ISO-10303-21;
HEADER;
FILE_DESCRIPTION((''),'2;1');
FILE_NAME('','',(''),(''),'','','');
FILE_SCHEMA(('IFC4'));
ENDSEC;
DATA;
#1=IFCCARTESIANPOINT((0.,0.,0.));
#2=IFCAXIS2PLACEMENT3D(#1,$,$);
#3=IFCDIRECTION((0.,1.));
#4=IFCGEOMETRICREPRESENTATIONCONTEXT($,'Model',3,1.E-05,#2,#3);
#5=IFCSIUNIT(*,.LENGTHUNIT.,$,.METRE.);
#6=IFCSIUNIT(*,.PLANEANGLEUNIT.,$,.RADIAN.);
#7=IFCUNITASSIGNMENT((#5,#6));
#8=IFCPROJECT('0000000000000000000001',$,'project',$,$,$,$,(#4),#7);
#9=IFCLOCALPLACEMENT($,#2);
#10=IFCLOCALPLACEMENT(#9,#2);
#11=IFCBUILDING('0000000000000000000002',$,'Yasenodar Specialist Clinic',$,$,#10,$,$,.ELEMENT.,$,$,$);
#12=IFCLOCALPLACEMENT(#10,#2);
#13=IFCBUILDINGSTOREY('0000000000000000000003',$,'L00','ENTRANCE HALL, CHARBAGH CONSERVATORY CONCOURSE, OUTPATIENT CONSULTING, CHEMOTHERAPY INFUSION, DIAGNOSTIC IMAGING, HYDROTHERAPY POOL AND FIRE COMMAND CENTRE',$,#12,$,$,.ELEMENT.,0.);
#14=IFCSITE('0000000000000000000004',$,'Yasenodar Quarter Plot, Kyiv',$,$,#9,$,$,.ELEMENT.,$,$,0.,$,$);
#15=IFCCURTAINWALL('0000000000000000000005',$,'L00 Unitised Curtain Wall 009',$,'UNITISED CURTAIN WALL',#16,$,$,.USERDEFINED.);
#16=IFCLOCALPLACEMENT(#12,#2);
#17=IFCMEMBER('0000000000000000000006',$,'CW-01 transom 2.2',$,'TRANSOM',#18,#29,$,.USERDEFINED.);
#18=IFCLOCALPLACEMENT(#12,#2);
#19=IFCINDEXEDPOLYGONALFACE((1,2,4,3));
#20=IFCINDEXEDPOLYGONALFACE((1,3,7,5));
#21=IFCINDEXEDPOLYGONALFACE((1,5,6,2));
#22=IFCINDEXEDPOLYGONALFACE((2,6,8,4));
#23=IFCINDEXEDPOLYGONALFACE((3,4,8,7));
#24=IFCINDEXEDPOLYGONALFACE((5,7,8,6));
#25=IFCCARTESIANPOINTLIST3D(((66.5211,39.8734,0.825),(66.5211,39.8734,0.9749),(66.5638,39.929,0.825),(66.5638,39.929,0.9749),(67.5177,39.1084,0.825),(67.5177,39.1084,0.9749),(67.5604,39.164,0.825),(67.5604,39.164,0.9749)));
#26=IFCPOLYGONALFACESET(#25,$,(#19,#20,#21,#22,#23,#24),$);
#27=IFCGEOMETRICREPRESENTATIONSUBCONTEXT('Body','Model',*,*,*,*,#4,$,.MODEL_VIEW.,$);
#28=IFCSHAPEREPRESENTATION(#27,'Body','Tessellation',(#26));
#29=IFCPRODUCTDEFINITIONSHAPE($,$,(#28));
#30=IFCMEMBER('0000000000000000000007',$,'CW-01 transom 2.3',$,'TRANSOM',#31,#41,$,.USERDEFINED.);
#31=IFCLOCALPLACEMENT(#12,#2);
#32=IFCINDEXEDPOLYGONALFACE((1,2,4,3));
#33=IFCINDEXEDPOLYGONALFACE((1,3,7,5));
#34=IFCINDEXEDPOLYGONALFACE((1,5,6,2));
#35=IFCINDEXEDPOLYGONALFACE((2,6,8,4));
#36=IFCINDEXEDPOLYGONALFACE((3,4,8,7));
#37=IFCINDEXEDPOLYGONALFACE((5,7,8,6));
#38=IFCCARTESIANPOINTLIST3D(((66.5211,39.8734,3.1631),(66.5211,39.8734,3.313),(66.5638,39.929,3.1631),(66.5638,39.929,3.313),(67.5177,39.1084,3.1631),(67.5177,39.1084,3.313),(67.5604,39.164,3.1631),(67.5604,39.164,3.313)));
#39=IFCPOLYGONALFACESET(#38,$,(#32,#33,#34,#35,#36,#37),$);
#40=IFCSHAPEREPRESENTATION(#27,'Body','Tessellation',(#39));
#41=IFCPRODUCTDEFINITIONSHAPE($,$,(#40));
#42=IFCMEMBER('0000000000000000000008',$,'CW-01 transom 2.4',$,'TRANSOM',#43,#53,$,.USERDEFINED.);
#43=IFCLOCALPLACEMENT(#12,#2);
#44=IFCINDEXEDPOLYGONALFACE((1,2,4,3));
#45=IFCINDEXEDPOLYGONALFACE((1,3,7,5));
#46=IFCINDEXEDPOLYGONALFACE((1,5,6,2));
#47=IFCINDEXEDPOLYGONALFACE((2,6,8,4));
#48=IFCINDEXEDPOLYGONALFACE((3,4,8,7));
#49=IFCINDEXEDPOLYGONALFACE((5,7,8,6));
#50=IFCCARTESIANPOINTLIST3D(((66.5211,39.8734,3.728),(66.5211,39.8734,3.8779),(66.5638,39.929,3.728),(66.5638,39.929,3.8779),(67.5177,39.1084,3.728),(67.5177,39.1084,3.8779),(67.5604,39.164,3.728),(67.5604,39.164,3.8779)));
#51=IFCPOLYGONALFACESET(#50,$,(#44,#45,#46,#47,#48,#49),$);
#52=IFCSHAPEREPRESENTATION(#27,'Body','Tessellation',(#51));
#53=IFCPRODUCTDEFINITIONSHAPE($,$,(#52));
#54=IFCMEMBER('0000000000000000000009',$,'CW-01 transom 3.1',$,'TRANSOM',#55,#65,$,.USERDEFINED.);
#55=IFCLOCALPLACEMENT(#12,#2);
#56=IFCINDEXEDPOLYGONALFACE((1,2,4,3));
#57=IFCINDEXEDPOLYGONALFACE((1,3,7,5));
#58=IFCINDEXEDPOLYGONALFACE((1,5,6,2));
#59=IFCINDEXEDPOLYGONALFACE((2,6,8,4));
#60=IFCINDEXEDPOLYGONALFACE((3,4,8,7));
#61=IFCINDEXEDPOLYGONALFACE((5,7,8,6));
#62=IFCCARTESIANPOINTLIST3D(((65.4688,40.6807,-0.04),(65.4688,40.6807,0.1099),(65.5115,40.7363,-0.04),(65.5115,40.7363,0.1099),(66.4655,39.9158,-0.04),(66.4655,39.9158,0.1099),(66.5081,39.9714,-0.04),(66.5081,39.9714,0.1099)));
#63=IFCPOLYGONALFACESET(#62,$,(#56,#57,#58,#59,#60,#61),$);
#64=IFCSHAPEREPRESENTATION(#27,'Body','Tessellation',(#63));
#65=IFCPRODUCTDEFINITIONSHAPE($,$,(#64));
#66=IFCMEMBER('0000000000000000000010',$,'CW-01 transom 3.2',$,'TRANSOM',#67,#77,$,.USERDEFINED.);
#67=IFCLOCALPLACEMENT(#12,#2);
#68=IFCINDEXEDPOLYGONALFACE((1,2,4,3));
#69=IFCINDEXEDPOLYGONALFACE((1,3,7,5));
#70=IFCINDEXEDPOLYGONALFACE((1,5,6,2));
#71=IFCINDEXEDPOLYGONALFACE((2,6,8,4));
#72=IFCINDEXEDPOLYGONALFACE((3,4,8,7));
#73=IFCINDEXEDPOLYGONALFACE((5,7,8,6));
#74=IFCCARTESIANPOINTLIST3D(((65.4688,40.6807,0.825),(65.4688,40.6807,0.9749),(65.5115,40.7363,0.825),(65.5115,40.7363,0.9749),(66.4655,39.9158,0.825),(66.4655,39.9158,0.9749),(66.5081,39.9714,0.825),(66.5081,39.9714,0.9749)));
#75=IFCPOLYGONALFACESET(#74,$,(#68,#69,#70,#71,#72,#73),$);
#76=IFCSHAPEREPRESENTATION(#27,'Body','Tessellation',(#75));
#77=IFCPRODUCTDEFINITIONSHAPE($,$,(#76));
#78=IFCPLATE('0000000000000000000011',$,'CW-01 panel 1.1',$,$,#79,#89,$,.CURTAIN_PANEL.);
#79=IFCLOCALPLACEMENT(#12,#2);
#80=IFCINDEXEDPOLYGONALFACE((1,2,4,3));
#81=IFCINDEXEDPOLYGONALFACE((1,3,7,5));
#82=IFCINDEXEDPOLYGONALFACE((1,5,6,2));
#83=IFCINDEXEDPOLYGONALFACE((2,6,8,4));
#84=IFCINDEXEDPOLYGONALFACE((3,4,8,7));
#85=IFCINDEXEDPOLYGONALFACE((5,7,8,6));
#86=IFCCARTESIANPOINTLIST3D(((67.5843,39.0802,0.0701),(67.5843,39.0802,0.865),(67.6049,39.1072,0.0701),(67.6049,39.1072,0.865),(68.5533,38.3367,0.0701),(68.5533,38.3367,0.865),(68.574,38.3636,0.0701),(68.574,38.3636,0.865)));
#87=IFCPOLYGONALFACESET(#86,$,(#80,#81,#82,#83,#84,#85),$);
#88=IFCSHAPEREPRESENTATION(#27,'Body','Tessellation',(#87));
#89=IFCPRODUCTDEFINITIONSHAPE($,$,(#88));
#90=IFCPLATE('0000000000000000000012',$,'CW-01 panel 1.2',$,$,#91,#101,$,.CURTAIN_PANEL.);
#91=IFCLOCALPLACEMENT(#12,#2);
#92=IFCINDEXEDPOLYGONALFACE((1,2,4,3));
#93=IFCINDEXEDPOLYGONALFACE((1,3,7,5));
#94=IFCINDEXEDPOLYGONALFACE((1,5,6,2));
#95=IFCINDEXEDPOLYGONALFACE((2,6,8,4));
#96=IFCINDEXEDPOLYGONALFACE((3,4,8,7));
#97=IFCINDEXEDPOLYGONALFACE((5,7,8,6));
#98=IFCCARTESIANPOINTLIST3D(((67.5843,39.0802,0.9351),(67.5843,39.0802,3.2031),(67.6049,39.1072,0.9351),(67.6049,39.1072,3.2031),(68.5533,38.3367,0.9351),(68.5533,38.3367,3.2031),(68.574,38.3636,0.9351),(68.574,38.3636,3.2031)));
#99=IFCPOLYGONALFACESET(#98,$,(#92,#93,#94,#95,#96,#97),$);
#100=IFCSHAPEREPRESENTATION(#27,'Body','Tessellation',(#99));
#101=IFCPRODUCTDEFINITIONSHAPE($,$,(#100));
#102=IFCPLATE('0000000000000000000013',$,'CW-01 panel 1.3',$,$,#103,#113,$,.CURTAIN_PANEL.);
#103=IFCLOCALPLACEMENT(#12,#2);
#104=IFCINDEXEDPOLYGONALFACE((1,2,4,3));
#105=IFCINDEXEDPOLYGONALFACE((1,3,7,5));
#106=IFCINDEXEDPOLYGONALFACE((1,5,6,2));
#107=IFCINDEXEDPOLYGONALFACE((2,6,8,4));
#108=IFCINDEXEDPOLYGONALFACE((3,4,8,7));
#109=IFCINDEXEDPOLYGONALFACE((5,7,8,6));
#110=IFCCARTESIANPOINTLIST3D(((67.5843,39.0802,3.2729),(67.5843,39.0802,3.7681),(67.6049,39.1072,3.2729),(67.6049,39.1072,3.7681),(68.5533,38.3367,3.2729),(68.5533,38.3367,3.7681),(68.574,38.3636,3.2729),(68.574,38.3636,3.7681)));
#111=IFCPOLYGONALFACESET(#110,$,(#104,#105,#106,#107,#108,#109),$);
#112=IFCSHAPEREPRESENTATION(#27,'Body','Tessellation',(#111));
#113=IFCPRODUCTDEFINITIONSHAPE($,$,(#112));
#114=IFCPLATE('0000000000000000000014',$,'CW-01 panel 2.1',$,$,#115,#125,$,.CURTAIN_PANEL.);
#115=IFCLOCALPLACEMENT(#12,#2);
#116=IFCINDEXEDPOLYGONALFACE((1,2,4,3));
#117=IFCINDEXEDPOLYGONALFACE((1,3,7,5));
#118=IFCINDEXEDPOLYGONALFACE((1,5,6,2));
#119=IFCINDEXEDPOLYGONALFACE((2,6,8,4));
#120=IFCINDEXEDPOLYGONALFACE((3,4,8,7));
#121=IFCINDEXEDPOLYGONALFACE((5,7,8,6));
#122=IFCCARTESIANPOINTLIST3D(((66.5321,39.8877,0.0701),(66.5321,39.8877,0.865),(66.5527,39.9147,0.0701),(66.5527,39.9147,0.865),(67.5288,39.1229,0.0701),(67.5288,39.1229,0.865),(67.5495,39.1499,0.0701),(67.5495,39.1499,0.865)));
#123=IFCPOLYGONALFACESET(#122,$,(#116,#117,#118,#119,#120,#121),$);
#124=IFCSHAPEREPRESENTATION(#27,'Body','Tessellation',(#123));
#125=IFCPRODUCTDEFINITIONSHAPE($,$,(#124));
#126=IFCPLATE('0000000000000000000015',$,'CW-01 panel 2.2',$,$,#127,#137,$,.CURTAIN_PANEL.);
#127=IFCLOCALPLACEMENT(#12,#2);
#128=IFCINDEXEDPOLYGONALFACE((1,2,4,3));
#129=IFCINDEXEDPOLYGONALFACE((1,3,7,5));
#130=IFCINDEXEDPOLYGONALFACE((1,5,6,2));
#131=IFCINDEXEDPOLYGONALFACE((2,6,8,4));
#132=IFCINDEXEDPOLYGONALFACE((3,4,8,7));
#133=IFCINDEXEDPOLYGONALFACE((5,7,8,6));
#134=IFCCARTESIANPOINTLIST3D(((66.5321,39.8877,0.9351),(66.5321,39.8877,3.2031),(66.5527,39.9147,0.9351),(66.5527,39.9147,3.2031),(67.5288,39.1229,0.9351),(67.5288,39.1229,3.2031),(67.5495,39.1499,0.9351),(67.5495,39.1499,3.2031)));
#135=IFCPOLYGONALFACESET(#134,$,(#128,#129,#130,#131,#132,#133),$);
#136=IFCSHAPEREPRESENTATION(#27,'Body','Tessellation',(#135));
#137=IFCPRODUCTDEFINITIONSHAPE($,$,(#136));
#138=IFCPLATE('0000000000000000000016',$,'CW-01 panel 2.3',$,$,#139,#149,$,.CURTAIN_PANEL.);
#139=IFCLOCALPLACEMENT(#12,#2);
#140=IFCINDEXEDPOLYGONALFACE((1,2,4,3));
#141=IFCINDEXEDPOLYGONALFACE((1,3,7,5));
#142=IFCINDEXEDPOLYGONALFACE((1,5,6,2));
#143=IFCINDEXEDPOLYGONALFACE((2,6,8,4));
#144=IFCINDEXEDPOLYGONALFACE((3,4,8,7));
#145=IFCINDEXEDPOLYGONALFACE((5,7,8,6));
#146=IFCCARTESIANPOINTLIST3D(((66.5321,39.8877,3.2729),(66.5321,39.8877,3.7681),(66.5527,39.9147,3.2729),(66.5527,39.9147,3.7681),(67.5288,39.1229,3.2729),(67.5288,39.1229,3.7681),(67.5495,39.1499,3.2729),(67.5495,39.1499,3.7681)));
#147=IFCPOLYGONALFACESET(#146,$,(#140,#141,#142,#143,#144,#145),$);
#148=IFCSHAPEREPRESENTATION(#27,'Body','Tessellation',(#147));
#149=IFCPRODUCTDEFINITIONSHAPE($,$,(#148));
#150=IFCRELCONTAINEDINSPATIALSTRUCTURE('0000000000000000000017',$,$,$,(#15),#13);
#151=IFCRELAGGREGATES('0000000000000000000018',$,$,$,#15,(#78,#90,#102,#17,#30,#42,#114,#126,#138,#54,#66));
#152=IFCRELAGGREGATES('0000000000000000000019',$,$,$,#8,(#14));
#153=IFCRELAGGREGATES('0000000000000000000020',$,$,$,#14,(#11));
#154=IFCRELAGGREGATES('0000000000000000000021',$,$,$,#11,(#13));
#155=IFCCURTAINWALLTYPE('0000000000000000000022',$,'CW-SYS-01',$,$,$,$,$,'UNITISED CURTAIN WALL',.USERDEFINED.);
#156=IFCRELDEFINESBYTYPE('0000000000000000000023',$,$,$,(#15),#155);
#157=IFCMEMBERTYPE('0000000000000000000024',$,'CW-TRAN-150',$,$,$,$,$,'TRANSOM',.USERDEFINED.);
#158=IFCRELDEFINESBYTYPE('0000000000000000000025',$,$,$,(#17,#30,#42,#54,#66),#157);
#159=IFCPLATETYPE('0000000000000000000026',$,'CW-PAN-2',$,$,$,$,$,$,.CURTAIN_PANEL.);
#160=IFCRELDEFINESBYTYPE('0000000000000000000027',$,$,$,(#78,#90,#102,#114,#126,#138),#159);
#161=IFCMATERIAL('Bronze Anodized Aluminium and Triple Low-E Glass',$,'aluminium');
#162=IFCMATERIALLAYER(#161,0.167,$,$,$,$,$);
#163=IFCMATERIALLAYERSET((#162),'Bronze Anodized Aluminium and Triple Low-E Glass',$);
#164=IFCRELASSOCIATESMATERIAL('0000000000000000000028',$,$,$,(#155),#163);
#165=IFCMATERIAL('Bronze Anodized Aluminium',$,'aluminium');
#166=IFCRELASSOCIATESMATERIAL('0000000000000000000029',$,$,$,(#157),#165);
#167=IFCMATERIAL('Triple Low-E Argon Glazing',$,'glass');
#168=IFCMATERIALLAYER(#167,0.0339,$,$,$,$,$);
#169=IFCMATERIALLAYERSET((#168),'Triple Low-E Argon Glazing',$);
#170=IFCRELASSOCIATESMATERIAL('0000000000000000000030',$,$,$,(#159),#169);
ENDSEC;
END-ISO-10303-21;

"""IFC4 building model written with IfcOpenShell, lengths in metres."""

from ifc_helpers import new_model, si_unit, direction, frame, origin, origin_2d, place, context, subcontext, project, spatial, rectangle, extrude, material, layer, layer_set, material_profile, profile_set, type_object, element, aggregate, save


model = new_model("IFC4")

# Units and contexts
model_context = context("Model", 3, precision=1e-05, world=origin(), true_north=direction((0.0, 1.0)))
body_context = subcontext(model_context, "Body", "Model", "MODEL_VIEW")
ifc_project = project(units=[si_unit("LENGTHUNIT", "METRE"), si_unit("PLANEANGLEUNIT", "RADIAN")], contexts=[model_context])

# Site, building, storey
site_placement = place(None, origin())
site = spatial("IfcSite", under=ifc_project, at=site_placement, Name="Yasenodar Quarter Plot, Kyiv", CompositionType="ELEMENT", RefElevation=0.0)
building_placement = place(site_placement, origin())
building = spatial("IfcBuilding", under=site, at=building_placement, Name="Yasenodar Specialist Clinic", CompositionType="ELEMENT")
storey_placement = place(building_placement, origin())
storey = spatial("IfcBuildingStorey", under=building, at=storey_placement, Name="L00", Description="ENTRANCE HALL, CHARBAGH CONSERVATORY CONCOURSE, OUTPATIENT CONSULTING, CHEMOTHERAPY INFUSION, DIAGNOSTIC IMAGING, HYDROTHERAPY POOL AND FIRE COMMAND CENTRE", CompositionType="ELEMENT", Elevation=0.0)

# Shared definitions
ifc_material_1 = material(Name="Bronze Anodized Aluminium and Triple Low-E Glass", Category="aluminium")
ifc_material_2 = material(Name="Bronze Anodized Aluminium", Category="aluminium")

# Curtain wall, members, plates
ifc_layer_1 = layer(ifc_material_1, 0.167)
ifc_layer_set_1 = layer_set([ifc_layer_1], Name="Bronze Anodized Aluminium and Triple Low-E Glass")
curtain_wall_type_1 = type_object("IfcCurtainWallType", Name="CW-SYS-01", ElementType="UNITISED CURTAIN WALL", PredefinedType="USERDEFINED", material=ifc_layer_set_1)
curtain_wall_1_placement = place(storey_placement, origin())
curtain_wall_1 = element("IfcCurtainWall", 1, at=curtain_wall_1_placement, inside=storey, type_object=curtain_wall_type_1, Name="L00 Unitised Curtain Wall 009", ObjectType="UNITISED CURTAIN WALL", PredefinedType="USERDEFINED")
ifc_material_profile_1 = material_profile(ifc_material_2, rectangle(XDim=0.0701, YDim=0.1499, at=origin_2d()), Name="CW-TRAN 70x150")
ifc_profile_set_1 = profile_set([ifc_material_profile_1], Name="Bronze Anodized Aluminium")
member_type_1 = type_object("IfcMemberType", Name="CW-TRAN-150", ElementType="TRANSOM", PredefinedType="USERDEFINED", material=ifc_profile_set_1)
member_1_placement = place(storey_placement, frame((67.5391, 39.1362, 0.8999), z_axis=(-0.793281, 0.608856, 0.0), x_axis=(-0.608856, -0.793281, 0.0)))
member_1 = element("IfcMember", 2, at=member_1_placement, type_object=member_type_1, Name="CW-01 transom 2.2", ObjectType="TRANSOM", PredefinedType="USERDEFINED", context=body_context, shape_type="SweptSolid", body=[
    extrude(rectangle(XDim=0.0701, YDim=0.1499, at=origin_2d()), origin(), (0.0, 0.0, 1.0), 1.2563),
])
member_2_placement = place(storey_placement, frame((67.5391, 39.1362, 3.238), z_axis=(-0.793281, 0.608856, 0.0), x_axis=(-0.608856, -0.793281, 0.0)))
member_2 = element("IfcMember", 3, at=member_2_placement, type_object=member_type_1, Name="CW-01 transom 2.3", ObjectType="TRANSOM", PredefinedType="USERDEFINED", context=body_context, shape_type="SweptSolid", body=[
    extrude(rectangle(XDim=0.0701, YDim=0.1499, at=origin_2d()), origin(), (0.0, 0.0, 1.0), 1.2563),
])
member_3_placement = place(storey_placement, frame((67.5391, 39.1362, 3.803), z_axis=(-0.793281, 0.608856, 0.0), x_axis=(-0.608856, -0.793281, 0.0)))
member_3 = element("IfcMember", 4, at=member_3_placement, type_object=member_type_1, Name="CW-01 transom 2.4", ObjectType="TRANSOM", PredefinedType="USERDEFINED", context=body_context, shape_type="SweptSolid", body=[
    extrude(rectangle(XDim=0.0701, YDim=0.1499, at=origin_2d()), origin(), (0.0, 0.0, 1.0), 1.2563),
])
member_4_placement = place(storey_placement, frame((66.4868, 39.9436, 0.0349), z_axis=(-0.793281, 0.608856, 0.0), x_axis=(-0.608856, -0.793281, 0.0)))
member_4 = element("IfcMember", 5, at=member_4_placement, type_object=member_type_1, Name="CW-01 transom 3.1", ObjectType="TRANSOM", PredefinedType="USERDEFINED", context=body_context, shape_type="SweptSolid", body=[
    extrude(rectangle(XDim=0.0701, YDim=0.1499, at=origin_2d()), origin(), (0.0, 0.0, 1.0), 1.2563),
])
member_5_placement = place(storey_placement, frame((66.4868, 39.9436, 0.8999), z_axis=(-0.793281, 0.608856, 0.0), x_axis=(-0.608856, -0.793281, 0.0)))
member_5 = element("IfcMember", 6, at=member_5_placement, type_object=member_type_1, Name="CW-01 transom 3.2", ObjectType="TRANSOM", PredefinedType="USERDEFINED", context=body_context, shape_type="SweptSolid", body=[
    extrude(rectangle(XDim=0.0701, YDim=0.1499, at=origin_2d()), origin(), (0.0, 0.0, 1.0), 1.2563),
])
ifc_material_3 = material(Name="Triple Low-E Argon Glazing", Category="glass")
ifc_layer_2 = layer(ifc_material_3, 0.0339)
ifc_layer_set_2 = layer_set([ifc_layer_2], Name="Triple Low-E Argon Glazing")
plate_type = type_object("IfcPlateType", Name="CW-PAN-2", PredefinedType="CURTAIN_PANEL", material=ifc_layer_set_2)
plate_1_placement = place(storey_placement, frame((68.0791, 38.7219, 0.0701), z_axis=(0.0, 0.0, 1.0), x_axis=(-0.793361, 0.608752, 0.0)))
plate_1 = element("IfcPlate", 7, at=plate_1_placement, type_object=plate_type, Name="CW-01 panel 1.1", PredefinedType="CURTAIN_PANEL", context=body_context, shape_type="SweptSolid", body=[
    extrude(rectangle(XDim=1.2214, YDim=0.0339, at=origin_2d()), origin(), (0.0, 0.0, 1.0), 0.7949),
])
plate_2_placement = place(storey_placement, frame((68.0791, 38.7219, 0.9351), z_axis=(0.0, 0.0, 1.0), x_axis=(-0.793361, 0.608752, 0.0)))
plate_2 = element("IfcPlate", 8, at=plate_2_placement, type_object=plate_type, Name="CW-01 panel 1.2", PredefinedType="CURTAIN_PANEL", context=body_context, shape_type="SweptSolid", body=[
    extrude(rectangle(XDim=1.2214, YDim=0.0339, at=origin_2d()), origin(), (0.0, 0.0, 1.0), 2.2681),
])
plate_3_placement = place(storey_placement, frame((68.0791, 38.7219, 3.2729), z_axis=(0.0, 0.0, 1.0), x_axis=(-0.793361, 0.608752, 0.0)))
plate_3 = element("IfcPlate", 9, at=plate_3_placement, type_object=plate_type, Name="CW-01 panel 1.3", PredefinedType="CURTAIN_PANEL", context=body_context, shape_type="SweptSolid", body=[
    extrude(rectangle(XDim=1.2214, YDim=0.0339, at=origin_2d()), origin(), (0.0, 0.0, 1.0), 0.4951),
])
plate_4_placement = place(storey_placement, frame((67.0408, 39.5188, 0.0701), z_axis=(0.0, 0.0, 1.0), x_axis=(-0.793361, 0.608752, 0.0)))
plate_4 = element("IfcPlate", 10, at=plate_4_placement, type_object=plate_type, Name="CW-01 panel 2.1", PredefinedType="CURTAIN_PANEL", context=body_context, shape_type="SweptSolid", body=[
    extrude(rectangle(XDim=1.2563, YDim=0.0339, at=origin_2d()), origin(), (0.0, 0.0, 1.0), 0.7949),
])
plate_5_placement = place(storey_placement, frame((67.0408, 39.5188, 0.9351), z_axis=(0.0, 0.0, 1.0), x_axis=(-0.793361, 0.608752, 0.0)))
plate_5 = element("IfcPlate", 11, at=plate_5_placement, type_object=plate_type, Name="CW-01 panel 2.2", PredefinedType="CURTAIN_PANEL", context=body_context, shape_type="SweptSolid", body=[
    extrude(rectangle(XDim=1.2563, YDim=0.0339, at=origin_2d()), origin(), (0.0, 0.0, 1.0), 2.2681),
])
plate_6_placement = place(storey_placement, frame((67.0408, 39.5188, 3.2729), z_axis=(0.0, 0.0, 1.0), x_axis=(-0.793361, 0.608752, 0.0)))
plate_6 = element("IfcPlate", 12, at=plate_6_placement, type_object=plate_type, Name="CW-01 panel 2.3", PredefinedType="CURTAIN_PANEL", context=body_context, shape_type="SweptSolid", body=[
    extrude(rectangle(XDim=1.2563, YDim=0.0339, at=origin_2d()), origin(), (0.0, 0.0, 1.0), 0.4951),
])
aggregate(curtain_wall_1, [plate_1, plate_2, plate_3, member_1, member_2, member_3, plate_4, plate_5, plate_6, member_4, member_5])

save(model, "model.ifc")
